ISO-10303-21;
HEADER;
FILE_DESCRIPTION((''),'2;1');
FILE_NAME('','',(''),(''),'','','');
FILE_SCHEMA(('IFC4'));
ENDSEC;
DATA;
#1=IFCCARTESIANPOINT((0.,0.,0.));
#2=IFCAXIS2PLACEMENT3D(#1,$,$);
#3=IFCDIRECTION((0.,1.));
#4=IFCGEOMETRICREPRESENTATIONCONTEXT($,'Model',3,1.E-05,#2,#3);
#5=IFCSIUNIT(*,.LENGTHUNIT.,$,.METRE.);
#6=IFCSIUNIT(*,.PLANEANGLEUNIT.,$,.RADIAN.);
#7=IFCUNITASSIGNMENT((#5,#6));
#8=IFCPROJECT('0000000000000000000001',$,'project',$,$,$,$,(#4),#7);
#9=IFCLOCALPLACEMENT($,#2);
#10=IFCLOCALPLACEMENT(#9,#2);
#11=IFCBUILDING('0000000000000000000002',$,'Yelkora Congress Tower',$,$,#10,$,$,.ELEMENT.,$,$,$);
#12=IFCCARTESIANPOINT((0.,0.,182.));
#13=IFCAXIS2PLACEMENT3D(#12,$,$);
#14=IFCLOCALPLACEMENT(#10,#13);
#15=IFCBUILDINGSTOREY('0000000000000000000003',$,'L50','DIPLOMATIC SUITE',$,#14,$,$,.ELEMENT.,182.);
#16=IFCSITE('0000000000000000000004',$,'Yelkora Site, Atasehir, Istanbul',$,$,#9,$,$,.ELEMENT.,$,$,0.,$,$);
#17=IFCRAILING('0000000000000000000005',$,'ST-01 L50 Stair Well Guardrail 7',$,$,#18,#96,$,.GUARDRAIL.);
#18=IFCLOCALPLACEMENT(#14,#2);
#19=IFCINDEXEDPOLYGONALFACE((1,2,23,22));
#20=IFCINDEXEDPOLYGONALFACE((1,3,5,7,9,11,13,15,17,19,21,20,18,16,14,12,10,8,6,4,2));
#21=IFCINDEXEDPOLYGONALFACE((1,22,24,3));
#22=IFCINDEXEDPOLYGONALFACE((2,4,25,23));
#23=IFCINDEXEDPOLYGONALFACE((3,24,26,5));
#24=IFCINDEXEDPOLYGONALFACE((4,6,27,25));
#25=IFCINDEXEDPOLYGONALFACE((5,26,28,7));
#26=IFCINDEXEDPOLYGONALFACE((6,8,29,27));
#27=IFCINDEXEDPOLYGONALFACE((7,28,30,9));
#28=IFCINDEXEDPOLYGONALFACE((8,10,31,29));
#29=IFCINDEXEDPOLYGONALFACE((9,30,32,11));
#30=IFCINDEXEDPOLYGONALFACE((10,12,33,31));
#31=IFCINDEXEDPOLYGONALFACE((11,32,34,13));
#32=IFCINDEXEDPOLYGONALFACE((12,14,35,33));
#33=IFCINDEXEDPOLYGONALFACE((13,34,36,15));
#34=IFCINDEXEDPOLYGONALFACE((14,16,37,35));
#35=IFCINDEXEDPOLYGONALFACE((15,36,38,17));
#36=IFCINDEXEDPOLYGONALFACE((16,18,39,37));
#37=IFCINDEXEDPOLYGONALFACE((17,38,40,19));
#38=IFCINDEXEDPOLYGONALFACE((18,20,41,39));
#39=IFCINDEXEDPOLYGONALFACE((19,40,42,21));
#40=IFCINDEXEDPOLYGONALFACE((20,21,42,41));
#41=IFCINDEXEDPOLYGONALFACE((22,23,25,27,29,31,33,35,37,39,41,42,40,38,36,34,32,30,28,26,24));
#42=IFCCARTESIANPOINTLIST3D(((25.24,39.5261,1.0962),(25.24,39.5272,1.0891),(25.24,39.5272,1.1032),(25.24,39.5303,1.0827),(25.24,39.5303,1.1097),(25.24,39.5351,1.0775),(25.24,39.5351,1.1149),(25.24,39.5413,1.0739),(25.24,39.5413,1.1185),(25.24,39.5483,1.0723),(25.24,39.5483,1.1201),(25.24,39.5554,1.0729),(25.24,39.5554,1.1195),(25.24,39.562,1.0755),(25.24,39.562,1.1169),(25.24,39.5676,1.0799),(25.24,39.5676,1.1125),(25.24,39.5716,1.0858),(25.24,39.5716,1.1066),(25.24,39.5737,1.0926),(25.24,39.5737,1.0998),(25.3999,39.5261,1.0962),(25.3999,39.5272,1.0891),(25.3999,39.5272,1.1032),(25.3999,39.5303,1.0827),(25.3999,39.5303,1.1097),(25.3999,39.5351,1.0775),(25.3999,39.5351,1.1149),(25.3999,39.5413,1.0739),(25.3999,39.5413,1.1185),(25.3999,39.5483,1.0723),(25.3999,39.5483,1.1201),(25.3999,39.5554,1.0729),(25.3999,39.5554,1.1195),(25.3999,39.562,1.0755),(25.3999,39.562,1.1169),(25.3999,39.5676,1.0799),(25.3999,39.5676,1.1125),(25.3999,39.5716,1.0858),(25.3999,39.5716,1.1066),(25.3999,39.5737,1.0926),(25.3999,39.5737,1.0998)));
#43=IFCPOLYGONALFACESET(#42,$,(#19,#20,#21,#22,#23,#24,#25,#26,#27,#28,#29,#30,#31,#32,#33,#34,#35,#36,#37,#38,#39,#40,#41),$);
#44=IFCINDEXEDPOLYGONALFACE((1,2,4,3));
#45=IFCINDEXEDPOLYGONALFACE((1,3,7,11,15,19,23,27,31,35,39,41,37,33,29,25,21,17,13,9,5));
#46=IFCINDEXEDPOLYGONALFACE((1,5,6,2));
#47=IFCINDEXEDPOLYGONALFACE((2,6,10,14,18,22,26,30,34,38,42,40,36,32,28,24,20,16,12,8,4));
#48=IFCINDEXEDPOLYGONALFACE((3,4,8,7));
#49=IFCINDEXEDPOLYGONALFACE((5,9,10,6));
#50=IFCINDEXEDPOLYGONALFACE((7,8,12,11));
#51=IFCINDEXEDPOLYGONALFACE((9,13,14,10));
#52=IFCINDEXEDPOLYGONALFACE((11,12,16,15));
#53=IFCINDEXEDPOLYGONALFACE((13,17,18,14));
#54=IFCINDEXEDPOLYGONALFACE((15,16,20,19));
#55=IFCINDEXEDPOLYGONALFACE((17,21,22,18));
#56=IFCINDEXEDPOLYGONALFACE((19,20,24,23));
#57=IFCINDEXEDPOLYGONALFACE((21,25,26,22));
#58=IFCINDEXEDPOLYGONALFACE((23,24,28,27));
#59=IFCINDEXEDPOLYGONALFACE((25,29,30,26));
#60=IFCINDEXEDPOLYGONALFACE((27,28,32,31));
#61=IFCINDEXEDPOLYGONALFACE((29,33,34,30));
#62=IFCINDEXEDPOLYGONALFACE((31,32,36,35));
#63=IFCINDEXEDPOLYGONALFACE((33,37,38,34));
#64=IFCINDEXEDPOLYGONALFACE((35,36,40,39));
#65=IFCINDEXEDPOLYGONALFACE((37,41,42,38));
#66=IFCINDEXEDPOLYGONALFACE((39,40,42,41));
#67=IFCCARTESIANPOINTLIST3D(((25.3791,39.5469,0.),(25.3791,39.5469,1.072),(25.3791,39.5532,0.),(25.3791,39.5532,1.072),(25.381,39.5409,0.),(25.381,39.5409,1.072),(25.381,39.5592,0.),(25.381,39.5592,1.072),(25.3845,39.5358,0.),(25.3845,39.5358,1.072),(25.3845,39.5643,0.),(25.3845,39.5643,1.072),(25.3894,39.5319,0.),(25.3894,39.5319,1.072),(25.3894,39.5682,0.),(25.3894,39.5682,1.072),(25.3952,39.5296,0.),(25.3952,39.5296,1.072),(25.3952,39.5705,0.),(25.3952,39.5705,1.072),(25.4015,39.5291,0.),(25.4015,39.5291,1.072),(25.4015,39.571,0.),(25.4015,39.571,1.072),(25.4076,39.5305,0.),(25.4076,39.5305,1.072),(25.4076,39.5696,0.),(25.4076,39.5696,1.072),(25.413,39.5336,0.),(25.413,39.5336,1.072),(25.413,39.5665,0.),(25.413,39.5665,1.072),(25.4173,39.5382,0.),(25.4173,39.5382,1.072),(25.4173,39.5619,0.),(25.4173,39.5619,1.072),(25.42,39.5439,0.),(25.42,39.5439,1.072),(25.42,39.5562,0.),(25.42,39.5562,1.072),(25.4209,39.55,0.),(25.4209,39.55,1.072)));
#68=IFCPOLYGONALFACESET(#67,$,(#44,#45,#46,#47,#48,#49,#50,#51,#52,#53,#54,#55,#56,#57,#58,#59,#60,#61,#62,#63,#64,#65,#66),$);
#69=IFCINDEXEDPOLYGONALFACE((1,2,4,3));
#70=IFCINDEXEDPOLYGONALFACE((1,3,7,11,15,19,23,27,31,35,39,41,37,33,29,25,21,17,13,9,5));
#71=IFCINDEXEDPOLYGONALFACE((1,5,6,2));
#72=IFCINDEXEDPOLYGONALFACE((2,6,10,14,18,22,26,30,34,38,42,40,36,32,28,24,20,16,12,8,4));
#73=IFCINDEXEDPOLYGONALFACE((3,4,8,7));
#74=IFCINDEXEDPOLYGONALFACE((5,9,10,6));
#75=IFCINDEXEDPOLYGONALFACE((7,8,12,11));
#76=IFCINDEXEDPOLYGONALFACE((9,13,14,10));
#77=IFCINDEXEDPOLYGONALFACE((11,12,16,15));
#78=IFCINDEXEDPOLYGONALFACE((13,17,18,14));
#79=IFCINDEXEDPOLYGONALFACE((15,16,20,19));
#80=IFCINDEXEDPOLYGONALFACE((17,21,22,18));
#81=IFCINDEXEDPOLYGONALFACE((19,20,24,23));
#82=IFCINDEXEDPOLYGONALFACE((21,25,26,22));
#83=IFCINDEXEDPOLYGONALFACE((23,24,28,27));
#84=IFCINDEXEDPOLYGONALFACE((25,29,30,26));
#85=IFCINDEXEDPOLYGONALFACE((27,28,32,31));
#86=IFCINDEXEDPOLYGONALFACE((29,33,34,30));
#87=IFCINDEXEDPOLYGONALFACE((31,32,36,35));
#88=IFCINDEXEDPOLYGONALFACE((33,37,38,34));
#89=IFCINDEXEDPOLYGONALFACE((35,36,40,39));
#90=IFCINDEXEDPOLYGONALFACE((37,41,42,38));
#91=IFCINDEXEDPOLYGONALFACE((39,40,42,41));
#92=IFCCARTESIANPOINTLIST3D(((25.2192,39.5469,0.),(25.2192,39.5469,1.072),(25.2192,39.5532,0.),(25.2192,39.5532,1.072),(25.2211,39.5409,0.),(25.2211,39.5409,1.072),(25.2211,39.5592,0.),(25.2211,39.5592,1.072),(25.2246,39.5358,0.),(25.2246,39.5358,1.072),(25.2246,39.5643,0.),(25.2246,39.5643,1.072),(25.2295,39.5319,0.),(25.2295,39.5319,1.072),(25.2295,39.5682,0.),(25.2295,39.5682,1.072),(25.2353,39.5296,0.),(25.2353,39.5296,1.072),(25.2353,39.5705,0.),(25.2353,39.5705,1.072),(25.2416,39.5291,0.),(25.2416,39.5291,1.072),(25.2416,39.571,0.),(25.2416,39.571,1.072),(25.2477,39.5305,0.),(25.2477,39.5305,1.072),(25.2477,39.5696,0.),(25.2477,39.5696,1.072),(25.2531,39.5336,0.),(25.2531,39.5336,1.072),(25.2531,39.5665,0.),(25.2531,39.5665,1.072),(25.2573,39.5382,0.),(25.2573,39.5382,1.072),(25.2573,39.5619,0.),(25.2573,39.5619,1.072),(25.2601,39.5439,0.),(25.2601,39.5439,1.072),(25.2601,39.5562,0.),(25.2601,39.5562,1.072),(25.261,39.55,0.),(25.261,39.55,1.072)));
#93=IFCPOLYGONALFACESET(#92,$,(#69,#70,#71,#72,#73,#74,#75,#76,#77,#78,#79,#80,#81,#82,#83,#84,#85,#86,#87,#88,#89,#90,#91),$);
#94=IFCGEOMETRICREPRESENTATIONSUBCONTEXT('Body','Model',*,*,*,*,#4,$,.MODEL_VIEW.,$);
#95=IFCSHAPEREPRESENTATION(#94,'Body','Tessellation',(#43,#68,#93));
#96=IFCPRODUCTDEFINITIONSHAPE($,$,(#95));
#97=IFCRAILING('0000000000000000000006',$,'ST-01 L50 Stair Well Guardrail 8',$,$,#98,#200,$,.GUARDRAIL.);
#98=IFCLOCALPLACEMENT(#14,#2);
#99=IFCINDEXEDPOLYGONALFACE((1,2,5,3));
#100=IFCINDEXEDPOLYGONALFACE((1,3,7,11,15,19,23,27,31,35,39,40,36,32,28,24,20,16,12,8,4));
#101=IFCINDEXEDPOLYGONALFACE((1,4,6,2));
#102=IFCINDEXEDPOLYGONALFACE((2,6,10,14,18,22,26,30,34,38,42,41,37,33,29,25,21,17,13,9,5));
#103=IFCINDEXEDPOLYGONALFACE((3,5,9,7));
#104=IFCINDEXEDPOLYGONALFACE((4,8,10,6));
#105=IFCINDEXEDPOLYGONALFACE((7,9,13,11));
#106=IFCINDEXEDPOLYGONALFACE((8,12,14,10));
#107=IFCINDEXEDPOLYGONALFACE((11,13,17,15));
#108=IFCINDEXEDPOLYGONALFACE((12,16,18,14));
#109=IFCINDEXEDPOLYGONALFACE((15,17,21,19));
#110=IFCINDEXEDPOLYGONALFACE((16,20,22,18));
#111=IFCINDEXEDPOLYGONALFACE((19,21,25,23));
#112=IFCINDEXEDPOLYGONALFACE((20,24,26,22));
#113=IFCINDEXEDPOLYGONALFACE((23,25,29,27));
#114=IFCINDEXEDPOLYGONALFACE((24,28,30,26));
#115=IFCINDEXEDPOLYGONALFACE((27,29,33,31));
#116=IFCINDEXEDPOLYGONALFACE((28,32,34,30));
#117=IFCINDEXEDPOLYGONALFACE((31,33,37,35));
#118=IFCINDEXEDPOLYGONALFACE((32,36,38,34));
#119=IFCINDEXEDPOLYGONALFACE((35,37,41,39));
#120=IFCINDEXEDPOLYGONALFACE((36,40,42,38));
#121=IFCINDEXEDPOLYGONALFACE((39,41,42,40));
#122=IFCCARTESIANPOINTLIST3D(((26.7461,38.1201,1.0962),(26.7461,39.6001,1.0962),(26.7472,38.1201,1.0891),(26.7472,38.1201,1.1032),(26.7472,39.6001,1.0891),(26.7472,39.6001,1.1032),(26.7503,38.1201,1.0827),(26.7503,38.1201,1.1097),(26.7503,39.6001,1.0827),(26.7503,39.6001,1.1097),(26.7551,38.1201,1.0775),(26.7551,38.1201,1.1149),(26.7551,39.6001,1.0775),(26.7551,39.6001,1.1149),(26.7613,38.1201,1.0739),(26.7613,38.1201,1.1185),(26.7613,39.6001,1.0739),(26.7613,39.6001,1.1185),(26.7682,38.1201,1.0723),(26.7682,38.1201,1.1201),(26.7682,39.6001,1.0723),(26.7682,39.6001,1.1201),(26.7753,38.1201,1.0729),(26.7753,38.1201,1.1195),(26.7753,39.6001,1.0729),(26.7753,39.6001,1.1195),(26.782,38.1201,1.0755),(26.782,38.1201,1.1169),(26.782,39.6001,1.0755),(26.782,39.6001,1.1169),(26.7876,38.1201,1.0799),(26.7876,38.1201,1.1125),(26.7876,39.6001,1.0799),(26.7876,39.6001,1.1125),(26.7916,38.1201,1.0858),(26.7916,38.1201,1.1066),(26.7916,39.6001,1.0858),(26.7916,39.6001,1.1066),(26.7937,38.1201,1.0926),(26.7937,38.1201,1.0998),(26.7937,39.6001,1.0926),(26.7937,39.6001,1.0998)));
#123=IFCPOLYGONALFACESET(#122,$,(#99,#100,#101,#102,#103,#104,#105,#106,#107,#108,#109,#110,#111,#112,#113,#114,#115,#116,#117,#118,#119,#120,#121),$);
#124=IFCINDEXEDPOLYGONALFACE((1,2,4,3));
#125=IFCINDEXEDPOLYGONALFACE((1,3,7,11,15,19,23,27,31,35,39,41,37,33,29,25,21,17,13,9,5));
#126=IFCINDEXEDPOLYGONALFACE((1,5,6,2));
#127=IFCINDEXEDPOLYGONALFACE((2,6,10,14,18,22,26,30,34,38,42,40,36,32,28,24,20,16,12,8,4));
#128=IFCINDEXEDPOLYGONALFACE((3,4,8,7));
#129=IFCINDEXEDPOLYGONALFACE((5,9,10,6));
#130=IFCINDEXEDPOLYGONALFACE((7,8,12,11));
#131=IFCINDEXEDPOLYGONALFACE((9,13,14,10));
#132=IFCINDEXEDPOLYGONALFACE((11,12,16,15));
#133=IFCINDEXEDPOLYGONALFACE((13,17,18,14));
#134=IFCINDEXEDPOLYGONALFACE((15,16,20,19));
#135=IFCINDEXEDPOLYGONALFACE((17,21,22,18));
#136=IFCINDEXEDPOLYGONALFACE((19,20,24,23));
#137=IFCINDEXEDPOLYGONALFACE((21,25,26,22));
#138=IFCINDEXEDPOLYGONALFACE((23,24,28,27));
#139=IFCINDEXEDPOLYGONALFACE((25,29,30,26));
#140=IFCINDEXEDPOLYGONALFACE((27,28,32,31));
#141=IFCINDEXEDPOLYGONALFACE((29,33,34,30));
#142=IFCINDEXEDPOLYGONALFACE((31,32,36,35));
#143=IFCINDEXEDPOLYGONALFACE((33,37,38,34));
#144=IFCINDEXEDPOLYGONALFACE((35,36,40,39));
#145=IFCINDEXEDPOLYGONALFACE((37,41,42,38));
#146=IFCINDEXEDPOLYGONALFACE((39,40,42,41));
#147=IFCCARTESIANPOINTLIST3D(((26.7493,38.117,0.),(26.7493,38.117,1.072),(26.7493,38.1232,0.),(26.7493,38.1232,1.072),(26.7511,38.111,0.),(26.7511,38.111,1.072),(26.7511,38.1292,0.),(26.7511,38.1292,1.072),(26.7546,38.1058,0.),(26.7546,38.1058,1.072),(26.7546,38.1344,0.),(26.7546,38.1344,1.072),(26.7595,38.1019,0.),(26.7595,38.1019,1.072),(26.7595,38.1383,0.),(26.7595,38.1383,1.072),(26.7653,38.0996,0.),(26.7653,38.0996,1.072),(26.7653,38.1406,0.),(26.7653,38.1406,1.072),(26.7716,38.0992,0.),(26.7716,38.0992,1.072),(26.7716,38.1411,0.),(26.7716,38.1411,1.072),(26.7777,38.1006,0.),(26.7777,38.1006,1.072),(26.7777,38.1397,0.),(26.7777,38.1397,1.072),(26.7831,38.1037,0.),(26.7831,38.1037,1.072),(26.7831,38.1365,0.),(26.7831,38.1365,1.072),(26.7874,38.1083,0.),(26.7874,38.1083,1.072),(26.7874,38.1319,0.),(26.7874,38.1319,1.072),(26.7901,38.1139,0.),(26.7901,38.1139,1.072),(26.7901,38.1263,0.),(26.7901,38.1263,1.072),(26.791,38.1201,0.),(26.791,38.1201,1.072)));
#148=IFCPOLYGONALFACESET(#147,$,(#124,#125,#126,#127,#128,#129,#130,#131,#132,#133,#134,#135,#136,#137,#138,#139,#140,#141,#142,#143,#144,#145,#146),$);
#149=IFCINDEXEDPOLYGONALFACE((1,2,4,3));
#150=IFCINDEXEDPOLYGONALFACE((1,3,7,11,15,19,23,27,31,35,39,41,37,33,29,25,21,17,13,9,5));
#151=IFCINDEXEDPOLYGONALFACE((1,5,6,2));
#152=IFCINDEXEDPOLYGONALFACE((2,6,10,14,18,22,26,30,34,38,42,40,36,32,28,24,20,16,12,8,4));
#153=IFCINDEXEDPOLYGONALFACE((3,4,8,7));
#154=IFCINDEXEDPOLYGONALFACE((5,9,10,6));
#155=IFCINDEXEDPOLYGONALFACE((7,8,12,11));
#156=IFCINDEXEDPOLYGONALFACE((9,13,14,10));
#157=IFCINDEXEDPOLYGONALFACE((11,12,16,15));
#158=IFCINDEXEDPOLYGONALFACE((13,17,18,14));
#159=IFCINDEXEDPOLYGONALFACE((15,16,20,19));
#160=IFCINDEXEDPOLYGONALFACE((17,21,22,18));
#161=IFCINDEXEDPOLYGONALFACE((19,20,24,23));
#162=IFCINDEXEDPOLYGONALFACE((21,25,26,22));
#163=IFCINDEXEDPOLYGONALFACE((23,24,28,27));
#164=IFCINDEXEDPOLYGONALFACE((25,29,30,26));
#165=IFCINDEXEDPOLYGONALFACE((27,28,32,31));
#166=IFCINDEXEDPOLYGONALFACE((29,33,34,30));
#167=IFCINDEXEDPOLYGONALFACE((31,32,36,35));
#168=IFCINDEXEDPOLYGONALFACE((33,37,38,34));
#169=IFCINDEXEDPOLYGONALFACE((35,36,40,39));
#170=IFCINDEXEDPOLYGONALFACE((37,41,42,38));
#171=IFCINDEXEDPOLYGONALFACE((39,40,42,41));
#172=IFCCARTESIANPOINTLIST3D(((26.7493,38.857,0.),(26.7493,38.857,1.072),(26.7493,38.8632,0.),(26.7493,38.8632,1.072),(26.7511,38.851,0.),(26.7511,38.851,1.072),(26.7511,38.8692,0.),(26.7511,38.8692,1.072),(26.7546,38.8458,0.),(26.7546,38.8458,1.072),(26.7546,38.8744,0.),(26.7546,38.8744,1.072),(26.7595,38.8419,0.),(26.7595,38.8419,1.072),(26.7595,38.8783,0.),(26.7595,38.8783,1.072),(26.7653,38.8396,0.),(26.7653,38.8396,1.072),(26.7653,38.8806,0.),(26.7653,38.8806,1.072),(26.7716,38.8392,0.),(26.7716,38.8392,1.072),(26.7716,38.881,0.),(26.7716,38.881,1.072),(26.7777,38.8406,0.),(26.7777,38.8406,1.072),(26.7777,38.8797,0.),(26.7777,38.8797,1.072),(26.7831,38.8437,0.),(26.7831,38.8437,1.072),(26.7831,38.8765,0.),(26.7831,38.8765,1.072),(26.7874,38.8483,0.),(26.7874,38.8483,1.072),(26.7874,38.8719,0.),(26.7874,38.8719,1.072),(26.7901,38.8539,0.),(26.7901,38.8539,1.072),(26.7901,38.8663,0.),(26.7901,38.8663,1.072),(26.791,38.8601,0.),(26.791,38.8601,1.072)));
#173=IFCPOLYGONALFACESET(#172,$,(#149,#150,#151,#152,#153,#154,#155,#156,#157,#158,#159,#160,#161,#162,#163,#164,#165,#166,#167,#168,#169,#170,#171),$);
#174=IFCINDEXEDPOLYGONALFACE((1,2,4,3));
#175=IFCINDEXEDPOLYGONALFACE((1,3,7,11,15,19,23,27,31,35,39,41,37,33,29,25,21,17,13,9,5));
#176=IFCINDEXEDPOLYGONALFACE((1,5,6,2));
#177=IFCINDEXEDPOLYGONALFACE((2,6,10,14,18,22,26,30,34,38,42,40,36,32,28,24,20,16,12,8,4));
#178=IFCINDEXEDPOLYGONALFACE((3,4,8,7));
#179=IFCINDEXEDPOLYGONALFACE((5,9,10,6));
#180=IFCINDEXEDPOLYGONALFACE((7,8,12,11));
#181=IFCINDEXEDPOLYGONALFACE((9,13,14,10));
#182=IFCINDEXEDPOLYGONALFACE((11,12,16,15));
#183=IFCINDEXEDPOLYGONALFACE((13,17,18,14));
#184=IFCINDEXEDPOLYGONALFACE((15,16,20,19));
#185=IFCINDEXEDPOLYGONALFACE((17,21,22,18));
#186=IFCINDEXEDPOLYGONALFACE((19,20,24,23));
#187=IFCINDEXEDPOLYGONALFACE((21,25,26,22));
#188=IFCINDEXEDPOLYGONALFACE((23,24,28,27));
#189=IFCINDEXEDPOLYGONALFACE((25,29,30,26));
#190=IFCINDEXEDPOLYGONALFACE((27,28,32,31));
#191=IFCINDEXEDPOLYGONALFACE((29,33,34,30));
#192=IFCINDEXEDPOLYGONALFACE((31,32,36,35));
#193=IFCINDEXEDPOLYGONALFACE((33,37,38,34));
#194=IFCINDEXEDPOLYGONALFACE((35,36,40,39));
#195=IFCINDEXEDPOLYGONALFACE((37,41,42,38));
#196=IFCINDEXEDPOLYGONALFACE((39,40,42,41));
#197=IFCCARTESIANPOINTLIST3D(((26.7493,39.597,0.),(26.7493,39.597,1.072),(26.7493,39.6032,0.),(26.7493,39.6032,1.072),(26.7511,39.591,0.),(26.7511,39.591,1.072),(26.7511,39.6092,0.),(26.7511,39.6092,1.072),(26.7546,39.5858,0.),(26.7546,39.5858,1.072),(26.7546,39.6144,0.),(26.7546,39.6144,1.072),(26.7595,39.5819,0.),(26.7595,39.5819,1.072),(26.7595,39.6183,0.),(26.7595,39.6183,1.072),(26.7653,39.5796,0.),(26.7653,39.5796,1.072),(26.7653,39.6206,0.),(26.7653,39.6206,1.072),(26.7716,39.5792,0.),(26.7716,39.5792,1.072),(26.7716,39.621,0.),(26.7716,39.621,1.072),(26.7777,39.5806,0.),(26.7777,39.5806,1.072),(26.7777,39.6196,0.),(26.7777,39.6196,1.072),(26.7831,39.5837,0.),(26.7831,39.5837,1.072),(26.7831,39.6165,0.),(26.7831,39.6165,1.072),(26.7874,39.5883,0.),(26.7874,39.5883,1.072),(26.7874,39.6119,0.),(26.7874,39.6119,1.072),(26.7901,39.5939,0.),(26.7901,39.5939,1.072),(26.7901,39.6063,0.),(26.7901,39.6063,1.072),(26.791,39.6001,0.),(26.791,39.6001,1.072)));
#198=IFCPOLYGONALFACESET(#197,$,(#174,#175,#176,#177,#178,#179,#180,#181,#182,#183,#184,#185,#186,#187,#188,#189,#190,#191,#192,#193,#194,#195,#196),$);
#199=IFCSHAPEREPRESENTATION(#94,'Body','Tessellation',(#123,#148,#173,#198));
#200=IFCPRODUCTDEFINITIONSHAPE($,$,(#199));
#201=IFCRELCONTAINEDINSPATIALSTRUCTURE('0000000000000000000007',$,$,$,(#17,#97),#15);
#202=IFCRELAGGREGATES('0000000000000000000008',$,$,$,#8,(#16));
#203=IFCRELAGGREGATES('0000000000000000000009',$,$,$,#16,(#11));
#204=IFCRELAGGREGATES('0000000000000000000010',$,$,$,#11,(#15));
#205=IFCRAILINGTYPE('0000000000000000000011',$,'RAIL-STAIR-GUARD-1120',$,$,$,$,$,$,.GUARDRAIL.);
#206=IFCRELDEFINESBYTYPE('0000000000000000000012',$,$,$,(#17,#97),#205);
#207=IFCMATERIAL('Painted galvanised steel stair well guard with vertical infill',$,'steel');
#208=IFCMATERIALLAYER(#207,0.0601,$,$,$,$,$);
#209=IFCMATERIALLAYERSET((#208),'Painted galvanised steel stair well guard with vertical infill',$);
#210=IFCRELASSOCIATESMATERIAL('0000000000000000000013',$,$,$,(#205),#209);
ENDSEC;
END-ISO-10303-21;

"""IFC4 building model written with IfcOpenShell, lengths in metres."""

from ifc_helpers import new_model, si_unit, direction, frame, origin, origin_2d, place, context, subcontext, project, spatial, circle, extrude, material, layer, layer_set, type_object, element, save


model = new_model("IFC4")

# Units and contexts
model_context = context("Model", 3, precision=1e-05, world=origin(), true_north=direction((0.0, 1.0)))
body_context = subcontext(model_context, "Body", "Model", "MODEL_VIEW")
ifc_project = project(units=[si_unit("LENGTHUNIT", "METRE"), si_unit("PLANEANGLEUNIT", "RADIAN")], contexts=[model_context])

# Site, building, storey
site_placement = place(None, origin())
site = spatial("IfcSite", under=ifc_project, at=site_placement, Name="Yelkora Site, Atasehir, Istanbul", CompositionType="ELEMENT", RefElevation=0.0)
building_placement = place(site_placement, origin())
building = spatial("IfcBuilding", under=site, at=building_placement, Name="Yelkora Congress Tower", CompositionType="ELEMENT")
storey_placement = place(building_placement, frame((0.0, 0.0, 182.0)))
storey = spatial("IfcBuildingStorey", under=building, at=storey_placement, Name="L50", Description="DIPLOMATIC SUITE", CompositionType="ELEMENT", Elevation=182.0)

# Railings
ifc_material_1 = material(Name="Painted galvanised steel stair well guard with vertical infill", Category="steel")
ifc_layer_1 = layer(ifc_material_1, 0.0601)
ifc_layer_set_1 = layer_set([ifc_layer_1], Name="Painted galvanised steel stair well guard with vertical infill")
railing_type_1 = type_object("IfcRailingType", Name="RAIL-STAIR-GUARD-1120", PredefinedType="GUARDRAIL", material=ifc_layer_set_1)
railing_1_placement = place(storey_placement, frame((25.3999, 39.55, 0.0)))
element("IfcRailing", 1, at=railing_1_placement, inside=storey, type_object=railing_type_1, Name="ST-01 L50 Stair Well Guardrail 7", PredefinedType="GUARDRAIL", context=body_context, shape_type="SweptSolid", body=[
    extrude(circle(Radius=0.0239, at=origin_2d()), frame((0.0, 0.0, 1.0962), z_axis=(-1.0, 0.0, 0.0), x_axis=(0.0, -1.0, 0.0)), (0.0, 0.0, 1.0), 0.1599),
    extrude(circle(Radius=0.021, at=origin_2d()), origin(), (0.0, 0.0, 1.0), 1.072),
    extrude(circle(Radius=0.021, at=origin_2d()), frame((-0.1599, 0.0, 0.0)), (0.0, 0.0, 1.0), 1.072),
])
for number, where, name in (
    (2, (26.77, 38.1201, 0.0), "ST-01 L50 Stair Well Guardrail 8"),
):
    element("IfcRailing", number, at=place(storey_placement, frame(where)), inside=storey, type_object=railing_type_1, Name=name, PredefinedType="GUARDRAIL", context=body_context, shape_type="SweptSolid", body=[
        extrude(circle(Radius=0.0239, at=origin_2d()), frame((0.0, 0.0, 1.0962), z_axis=(0.0, 1.0, 0.0), x_axis=(-1.0, 0.0, 0.0)), (0.0, 0.0, 1.0), 1.48),
        extrude(circle(Radius=0.021, at=origin_2d()), origin(), (0.0, 0.0, 1.0), 1.072),
        extrude(circle(Radius=0.021, at=origin_2d()), frame((0.0, 0.74, 0.0)), (0.0, 0.0, 1.0), 1.072),
        extrude(circle(Radius=0.021, at=origin_2d()), frame((0.0, 1.48, 0.0)), (0.0, 0.0, 1.0), 1.072),
    ])

save(model, "model.ifc")
